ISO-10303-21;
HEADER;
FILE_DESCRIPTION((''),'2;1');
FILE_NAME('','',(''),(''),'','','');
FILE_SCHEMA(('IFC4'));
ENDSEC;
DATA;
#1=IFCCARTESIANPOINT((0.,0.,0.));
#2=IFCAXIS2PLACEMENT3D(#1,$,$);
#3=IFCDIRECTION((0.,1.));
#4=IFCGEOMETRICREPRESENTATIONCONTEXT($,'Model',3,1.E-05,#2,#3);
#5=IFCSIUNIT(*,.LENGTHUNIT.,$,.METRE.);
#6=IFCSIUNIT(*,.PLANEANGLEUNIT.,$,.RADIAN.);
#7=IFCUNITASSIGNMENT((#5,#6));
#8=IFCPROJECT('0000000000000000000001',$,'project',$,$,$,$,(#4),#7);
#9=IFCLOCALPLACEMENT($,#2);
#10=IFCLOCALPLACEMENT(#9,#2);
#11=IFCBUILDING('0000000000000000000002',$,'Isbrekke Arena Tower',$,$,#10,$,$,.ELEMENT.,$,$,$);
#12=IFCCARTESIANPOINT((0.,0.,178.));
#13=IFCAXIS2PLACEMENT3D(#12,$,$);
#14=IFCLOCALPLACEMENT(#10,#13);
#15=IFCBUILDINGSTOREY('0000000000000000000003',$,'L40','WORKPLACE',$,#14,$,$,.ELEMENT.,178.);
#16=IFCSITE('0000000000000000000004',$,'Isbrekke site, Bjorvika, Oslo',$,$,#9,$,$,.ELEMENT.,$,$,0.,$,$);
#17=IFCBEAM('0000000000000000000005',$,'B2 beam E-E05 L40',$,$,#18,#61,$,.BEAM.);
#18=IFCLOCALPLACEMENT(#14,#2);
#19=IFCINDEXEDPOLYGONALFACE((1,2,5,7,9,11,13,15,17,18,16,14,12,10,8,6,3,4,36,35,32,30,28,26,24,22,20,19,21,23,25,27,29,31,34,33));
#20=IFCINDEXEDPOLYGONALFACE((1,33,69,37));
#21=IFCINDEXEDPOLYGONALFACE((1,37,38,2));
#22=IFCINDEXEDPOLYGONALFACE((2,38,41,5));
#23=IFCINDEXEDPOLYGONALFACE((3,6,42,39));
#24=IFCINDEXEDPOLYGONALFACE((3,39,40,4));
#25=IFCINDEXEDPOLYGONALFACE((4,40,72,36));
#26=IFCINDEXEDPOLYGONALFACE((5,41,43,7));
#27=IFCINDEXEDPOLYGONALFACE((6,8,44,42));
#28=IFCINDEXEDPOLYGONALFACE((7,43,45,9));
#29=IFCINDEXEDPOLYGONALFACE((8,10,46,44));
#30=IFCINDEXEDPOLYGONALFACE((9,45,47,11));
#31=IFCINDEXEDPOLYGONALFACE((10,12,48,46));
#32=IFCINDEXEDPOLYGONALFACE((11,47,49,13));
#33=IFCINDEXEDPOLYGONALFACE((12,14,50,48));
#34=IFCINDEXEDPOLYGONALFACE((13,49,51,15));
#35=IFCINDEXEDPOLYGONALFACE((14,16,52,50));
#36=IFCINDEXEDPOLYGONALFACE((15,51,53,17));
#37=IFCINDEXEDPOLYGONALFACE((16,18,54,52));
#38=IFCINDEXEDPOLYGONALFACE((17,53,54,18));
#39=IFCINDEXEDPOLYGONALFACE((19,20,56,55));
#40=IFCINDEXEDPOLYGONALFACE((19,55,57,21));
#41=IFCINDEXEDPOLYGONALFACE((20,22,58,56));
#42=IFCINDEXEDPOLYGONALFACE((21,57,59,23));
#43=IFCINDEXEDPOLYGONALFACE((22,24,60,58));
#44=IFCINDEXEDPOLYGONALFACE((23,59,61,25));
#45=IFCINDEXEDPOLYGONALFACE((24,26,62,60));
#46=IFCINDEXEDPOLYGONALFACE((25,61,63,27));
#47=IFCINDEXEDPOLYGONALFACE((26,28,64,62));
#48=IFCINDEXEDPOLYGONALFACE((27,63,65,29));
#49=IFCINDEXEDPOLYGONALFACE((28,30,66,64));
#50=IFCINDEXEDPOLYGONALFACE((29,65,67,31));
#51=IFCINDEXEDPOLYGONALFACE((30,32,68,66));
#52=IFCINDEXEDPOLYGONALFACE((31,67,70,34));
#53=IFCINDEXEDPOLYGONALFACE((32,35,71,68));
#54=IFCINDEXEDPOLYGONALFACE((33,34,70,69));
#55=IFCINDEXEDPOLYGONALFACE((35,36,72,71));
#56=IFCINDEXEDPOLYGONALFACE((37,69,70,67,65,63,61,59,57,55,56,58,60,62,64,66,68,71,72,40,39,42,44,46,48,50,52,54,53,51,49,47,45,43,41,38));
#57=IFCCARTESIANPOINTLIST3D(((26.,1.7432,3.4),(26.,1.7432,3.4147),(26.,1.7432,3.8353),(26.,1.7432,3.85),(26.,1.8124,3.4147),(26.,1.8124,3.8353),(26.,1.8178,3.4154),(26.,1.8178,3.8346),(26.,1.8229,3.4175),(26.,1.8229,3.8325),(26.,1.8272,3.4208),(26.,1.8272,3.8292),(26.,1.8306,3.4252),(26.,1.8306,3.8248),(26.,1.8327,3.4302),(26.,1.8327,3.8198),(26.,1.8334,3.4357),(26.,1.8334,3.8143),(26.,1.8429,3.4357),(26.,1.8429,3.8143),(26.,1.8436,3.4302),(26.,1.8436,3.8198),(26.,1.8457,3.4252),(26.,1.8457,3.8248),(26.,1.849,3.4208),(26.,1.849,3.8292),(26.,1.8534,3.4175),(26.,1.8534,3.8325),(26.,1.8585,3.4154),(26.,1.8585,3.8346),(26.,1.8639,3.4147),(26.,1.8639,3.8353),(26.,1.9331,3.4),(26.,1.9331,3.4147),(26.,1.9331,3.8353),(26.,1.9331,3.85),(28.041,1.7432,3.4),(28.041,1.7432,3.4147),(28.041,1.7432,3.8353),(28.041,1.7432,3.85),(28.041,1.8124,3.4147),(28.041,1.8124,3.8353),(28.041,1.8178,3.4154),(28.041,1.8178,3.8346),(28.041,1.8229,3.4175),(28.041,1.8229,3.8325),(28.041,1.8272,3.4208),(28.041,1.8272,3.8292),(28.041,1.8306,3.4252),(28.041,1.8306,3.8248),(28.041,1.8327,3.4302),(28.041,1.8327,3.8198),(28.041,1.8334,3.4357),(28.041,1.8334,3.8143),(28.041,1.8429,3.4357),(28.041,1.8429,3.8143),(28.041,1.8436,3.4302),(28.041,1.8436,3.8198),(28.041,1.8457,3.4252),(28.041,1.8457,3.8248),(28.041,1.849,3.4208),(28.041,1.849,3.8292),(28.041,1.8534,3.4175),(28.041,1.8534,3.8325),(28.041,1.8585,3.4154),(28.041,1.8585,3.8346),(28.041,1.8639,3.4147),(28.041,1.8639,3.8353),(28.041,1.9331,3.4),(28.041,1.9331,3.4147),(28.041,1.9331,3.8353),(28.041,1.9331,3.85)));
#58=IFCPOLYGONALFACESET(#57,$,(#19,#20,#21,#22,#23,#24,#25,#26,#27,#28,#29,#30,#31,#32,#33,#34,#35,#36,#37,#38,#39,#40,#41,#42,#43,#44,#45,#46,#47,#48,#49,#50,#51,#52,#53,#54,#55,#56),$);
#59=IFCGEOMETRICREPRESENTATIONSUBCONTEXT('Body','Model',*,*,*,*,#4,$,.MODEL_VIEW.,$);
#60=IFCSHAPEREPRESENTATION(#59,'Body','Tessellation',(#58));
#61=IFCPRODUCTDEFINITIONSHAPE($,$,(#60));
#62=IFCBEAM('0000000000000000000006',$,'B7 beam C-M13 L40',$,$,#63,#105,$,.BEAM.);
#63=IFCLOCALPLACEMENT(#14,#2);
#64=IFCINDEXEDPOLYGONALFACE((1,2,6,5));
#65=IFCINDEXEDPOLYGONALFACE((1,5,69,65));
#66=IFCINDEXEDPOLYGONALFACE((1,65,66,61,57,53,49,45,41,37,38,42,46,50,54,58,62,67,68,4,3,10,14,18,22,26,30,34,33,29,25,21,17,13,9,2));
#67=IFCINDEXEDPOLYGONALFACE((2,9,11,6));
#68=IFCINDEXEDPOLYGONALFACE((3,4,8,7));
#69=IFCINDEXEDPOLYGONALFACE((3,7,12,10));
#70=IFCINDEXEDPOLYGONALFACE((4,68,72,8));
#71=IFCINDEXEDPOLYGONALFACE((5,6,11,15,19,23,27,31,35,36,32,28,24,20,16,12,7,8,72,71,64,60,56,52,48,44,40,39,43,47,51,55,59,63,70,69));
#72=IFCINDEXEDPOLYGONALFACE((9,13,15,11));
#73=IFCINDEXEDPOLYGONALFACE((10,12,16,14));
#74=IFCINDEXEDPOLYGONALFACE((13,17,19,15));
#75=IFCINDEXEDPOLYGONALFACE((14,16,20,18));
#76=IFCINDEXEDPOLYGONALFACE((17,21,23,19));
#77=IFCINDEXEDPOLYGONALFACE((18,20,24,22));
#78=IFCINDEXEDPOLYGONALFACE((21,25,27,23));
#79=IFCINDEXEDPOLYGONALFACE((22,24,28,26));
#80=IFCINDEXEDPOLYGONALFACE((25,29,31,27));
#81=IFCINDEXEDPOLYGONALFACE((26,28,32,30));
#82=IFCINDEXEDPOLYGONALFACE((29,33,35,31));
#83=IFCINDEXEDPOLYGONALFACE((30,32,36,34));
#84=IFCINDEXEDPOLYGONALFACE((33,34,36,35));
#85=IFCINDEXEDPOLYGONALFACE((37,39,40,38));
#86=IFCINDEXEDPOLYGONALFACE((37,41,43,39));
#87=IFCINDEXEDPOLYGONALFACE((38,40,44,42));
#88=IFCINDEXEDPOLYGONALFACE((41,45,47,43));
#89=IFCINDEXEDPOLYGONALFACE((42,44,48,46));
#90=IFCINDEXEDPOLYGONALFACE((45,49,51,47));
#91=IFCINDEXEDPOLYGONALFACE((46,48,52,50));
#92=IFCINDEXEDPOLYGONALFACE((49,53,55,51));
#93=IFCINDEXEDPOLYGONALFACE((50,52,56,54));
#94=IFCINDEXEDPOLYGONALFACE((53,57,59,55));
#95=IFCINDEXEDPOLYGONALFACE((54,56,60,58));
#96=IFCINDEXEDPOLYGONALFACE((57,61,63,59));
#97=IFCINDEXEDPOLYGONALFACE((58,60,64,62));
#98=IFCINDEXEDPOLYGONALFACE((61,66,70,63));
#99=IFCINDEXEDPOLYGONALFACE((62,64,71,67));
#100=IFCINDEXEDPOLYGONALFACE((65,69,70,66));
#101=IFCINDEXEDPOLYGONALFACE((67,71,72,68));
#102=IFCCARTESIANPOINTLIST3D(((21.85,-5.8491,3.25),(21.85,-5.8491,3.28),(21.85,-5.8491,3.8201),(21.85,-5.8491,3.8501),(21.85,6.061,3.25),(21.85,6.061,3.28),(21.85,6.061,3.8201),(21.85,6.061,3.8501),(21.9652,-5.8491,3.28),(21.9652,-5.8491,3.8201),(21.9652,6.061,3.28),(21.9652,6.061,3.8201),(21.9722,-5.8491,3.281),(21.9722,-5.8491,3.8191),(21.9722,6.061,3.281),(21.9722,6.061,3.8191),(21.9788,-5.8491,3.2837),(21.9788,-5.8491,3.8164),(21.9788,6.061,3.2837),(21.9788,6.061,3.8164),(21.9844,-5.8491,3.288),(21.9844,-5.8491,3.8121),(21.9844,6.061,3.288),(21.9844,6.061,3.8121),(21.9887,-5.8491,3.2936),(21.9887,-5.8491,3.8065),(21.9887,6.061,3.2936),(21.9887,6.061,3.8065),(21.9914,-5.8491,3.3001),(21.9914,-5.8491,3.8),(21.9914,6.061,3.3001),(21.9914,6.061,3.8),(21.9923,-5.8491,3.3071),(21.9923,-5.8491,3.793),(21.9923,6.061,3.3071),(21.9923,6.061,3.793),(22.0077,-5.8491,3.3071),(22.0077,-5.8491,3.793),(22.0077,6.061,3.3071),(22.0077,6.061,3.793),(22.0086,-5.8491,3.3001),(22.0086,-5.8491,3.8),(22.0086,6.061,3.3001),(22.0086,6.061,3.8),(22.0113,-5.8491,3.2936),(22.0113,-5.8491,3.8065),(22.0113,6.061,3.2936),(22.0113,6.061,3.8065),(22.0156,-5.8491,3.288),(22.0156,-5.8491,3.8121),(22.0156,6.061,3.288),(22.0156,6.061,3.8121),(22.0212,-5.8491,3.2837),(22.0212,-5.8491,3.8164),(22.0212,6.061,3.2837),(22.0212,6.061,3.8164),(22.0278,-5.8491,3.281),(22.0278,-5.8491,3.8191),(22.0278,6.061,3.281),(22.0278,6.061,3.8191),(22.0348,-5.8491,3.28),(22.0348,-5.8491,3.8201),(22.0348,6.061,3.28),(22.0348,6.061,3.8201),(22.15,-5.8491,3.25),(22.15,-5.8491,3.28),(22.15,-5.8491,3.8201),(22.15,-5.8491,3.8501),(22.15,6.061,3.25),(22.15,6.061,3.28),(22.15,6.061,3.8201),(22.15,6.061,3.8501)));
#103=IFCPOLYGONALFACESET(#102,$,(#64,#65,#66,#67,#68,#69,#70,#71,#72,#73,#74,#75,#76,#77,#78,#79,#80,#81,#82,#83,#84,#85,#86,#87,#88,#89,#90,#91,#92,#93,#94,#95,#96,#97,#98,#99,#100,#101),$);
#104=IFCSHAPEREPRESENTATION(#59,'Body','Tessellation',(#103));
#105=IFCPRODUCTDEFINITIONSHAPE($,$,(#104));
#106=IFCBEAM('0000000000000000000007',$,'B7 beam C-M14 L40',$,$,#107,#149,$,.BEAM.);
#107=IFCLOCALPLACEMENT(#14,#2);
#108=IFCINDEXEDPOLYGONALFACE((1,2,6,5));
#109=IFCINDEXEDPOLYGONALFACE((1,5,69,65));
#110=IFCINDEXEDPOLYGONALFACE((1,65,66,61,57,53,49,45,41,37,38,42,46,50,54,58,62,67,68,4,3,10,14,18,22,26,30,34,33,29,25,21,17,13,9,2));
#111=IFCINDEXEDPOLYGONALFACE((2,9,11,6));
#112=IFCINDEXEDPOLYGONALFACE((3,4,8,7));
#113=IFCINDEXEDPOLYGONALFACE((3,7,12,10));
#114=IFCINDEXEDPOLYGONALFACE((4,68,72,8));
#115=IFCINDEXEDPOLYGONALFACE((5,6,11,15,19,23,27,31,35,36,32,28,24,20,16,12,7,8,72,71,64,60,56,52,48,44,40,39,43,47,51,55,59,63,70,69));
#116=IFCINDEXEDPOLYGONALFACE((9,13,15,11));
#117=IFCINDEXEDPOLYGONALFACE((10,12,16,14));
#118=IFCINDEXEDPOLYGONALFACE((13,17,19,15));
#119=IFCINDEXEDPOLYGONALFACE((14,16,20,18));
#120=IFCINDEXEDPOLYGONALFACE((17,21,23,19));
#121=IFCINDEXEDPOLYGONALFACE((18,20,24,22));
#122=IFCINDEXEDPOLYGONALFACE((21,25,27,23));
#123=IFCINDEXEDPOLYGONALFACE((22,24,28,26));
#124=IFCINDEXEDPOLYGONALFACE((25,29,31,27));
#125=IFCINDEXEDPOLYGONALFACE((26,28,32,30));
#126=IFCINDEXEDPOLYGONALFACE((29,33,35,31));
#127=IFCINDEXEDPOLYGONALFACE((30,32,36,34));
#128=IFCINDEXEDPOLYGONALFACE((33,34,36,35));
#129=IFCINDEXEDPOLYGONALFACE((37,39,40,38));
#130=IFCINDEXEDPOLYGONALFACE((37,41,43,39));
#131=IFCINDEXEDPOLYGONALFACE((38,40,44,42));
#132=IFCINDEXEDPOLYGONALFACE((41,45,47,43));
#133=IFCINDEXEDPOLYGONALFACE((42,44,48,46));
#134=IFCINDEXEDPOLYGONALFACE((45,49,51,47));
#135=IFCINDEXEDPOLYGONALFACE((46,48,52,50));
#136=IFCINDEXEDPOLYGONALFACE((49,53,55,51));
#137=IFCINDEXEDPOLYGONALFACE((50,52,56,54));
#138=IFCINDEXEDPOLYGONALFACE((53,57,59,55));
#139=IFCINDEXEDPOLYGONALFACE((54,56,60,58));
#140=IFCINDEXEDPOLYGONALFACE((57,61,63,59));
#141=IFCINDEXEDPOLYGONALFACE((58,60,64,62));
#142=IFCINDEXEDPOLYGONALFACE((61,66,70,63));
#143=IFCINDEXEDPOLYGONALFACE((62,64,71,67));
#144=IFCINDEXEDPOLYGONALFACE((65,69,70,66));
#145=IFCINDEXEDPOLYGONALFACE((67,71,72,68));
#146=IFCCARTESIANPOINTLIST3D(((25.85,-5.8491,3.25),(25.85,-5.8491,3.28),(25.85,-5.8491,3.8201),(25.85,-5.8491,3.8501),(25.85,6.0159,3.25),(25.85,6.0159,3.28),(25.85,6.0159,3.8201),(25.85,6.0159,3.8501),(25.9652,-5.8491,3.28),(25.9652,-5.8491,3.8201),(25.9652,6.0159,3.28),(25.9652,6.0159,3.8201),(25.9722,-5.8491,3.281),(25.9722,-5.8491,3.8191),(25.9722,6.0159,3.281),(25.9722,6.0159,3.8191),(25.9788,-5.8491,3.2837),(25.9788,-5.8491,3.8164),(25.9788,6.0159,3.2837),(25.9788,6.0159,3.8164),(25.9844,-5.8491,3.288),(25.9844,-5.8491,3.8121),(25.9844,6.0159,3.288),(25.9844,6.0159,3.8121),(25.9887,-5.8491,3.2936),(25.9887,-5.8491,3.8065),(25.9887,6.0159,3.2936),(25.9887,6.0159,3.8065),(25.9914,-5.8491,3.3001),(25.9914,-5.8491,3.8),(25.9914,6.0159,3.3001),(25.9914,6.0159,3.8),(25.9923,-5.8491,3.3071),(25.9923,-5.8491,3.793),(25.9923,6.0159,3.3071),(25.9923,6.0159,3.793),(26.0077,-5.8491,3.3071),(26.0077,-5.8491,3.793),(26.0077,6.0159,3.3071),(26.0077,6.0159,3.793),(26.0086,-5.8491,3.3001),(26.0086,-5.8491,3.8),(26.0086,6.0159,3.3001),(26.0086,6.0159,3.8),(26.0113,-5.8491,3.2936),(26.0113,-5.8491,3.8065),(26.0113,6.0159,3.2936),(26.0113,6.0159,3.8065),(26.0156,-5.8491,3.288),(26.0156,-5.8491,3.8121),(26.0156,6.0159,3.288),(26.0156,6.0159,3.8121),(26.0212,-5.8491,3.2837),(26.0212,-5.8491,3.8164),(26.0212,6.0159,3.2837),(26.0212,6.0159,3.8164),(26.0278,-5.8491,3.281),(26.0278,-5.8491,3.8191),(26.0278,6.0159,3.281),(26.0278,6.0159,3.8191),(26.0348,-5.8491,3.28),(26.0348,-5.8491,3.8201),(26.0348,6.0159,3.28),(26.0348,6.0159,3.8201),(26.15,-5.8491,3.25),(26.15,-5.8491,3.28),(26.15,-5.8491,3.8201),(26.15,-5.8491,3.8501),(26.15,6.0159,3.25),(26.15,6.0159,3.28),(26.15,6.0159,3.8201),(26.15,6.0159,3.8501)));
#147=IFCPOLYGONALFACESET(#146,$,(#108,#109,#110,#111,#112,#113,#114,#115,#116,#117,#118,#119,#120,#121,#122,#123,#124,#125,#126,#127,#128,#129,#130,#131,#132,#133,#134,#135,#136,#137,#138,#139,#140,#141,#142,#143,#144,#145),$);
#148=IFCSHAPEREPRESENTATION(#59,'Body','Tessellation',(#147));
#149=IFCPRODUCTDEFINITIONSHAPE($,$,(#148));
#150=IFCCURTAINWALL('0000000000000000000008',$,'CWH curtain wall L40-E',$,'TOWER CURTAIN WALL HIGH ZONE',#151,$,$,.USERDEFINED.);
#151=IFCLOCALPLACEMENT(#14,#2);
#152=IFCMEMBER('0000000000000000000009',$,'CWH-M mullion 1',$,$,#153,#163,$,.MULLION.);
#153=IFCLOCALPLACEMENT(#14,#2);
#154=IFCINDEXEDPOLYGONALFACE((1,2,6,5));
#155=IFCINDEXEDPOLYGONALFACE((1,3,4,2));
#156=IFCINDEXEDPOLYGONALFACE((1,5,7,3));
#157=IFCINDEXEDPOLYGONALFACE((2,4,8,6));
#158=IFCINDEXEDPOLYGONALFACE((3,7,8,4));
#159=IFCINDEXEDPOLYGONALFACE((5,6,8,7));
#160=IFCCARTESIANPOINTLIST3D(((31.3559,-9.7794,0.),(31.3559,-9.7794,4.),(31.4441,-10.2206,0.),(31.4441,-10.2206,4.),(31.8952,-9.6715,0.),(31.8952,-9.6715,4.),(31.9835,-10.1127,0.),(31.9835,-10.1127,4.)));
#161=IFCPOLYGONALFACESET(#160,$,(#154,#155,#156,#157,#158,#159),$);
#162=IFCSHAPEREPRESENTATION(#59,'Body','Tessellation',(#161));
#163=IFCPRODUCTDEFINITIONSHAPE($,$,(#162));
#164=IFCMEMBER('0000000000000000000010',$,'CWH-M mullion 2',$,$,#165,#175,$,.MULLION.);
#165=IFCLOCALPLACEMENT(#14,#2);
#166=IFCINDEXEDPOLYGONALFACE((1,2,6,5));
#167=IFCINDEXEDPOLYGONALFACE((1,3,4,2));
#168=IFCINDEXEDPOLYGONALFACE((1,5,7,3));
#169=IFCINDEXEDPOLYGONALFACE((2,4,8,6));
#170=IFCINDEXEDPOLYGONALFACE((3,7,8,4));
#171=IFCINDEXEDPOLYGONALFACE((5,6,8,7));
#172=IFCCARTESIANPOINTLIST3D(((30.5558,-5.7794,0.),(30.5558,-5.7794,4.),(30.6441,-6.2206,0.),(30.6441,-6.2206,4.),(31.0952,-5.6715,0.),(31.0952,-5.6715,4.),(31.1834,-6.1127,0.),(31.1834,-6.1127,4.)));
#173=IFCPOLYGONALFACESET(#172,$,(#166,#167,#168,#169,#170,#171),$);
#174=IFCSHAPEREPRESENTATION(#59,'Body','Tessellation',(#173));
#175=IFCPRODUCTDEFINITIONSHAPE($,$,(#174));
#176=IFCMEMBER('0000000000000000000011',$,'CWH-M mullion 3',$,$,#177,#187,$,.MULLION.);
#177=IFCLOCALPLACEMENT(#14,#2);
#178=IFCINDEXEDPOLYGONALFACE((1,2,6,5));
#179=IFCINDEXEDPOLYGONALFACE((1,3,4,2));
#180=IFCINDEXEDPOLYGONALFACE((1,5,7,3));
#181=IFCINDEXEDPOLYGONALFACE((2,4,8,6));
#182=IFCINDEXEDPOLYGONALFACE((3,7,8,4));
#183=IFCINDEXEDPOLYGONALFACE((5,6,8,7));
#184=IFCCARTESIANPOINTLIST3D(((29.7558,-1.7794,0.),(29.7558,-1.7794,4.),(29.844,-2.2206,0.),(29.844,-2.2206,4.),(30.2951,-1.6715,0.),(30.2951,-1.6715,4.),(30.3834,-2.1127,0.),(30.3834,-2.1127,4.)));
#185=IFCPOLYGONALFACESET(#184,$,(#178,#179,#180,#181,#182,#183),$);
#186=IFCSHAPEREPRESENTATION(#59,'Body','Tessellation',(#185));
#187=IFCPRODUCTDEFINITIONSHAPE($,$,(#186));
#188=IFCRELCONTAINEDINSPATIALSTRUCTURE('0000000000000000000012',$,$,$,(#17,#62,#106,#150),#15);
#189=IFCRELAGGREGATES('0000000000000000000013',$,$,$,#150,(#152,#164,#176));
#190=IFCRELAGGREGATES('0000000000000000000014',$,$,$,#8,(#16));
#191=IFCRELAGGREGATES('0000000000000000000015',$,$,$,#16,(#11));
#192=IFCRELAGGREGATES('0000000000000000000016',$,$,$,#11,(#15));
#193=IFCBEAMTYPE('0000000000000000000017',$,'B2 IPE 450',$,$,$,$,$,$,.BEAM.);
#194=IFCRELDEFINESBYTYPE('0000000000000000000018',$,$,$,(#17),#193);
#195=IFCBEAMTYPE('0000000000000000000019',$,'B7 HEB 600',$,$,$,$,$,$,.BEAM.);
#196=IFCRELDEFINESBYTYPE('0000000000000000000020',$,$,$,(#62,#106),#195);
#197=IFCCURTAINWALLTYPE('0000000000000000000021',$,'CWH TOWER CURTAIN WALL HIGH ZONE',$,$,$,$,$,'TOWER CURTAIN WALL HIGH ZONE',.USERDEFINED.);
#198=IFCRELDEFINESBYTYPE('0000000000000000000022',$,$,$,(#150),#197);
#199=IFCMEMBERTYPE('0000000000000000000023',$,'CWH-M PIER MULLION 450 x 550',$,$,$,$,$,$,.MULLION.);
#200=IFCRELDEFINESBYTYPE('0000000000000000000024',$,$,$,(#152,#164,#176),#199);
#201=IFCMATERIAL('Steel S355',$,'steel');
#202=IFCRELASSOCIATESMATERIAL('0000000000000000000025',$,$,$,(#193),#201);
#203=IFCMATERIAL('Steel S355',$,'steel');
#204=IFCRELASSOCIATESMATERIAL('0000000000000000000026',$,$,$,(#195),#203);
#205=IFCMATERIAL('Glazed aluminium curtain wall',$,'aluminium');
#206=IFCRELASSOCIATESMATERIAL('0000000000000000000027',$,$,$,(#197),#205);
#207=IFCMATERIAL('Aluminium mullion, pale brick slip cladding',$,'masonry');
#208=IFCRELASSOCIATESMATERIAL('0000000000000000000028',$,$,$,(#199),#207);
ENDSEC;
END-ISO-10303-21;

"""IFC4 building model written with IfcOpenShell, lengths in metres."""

from ifc_helpers import new_model, si_unit, direction, frame, origin, origin_2d, place, context, subcontext, project, spatial, rectangle, i_section, extrude, material, material_profile, profile_set, type_object, element, aggregate, save


model = new_model("IFC4")

# Units and contexts
model_context = context("Model", 3, precision=1e-05, world=origin(), true_north=direction((0.0, 1.0)))
body_context = subcontext(model_context, "Body", "Model", "MODEL_VIEW")
ifc_project = project(units=[si_unit("LENGTHUNIT", "METRE"), si_unit("PLANEANGLEUNIT", "RADIAN")], contexts=[model_context])

# Site, building, storey
site_placement = place(None, origin())
site = spatial("IfcSite", under=ifc_project, at=site_placement, Name="Isbrekke site, Bjorvika, Oslo", CompositionType="ELEMENT", RefElevation=0.0)
building_placement = place(site_placement, origin())
building = spatial("IfcBuilding", under=site, at=building_placement, Name="Isbrekke Arena Tower", CompositionType="ELEMENT")
storey_placement = place(building_placement, frame((0.0, 0.0, 178.0)))
storey = spatial("IfcBuildingStorey", under=building, at=storey_placement, Name="L40", Description="WORKPLACE", CompositionType="ELEMENT", Elevation=178.0)

# Beams
ifc_material_1 = material(Name="Steel S355", Category="steel")
ifc_material_profile_1 = material_profile(ifc_material_1, i_section(OverallWidth=0.1899, OverallDepth=0.45, WebThickness=0.0095, FlangeThickness=0.0146, FilletRadius=0.021, at=origin_2d()), Name="IPE 450")
ifc_profile_set_1 = profile_set([ifc_material_profile_1], Name="Steel S355")
beam_type_1 = type_object("IfcBeamType", Name="B2 IPE 450", PredefinedType="BEAM", material=ifc_profile_set_1)
beam_1_placement = place(storey_placement, frame((28.041, 1.8381, 3.625), z_axis=(-1.0, 0.0, 0.0), x_axis=(0.0, -1.0, 0.0)))
element("IfcBeam", 1, at=beam_1_placement, inside=storey, type_object=beam_type_1, Name="B2 beam E-E05 L40", PredefinedType="BEAM", context=body_context, shape_type="SweptSolid", body=[
    extrude(i_section(OverallWidth=0.1899, OverallDepth=0.45, WebThickness=0.0095, FlangeThickness=0.0146, FilletRadius=0.021, at=origin_2d()), origin(), (0.0, 0.0, 1.0), 2.041),
])
ifc_material_2 = material(Name="Steel S355", Category="steel")
ifc_material_profile_2 = material_profile(ifc_material_2, i_section(OverallWidth=0.3, OverallDepth=0.6001, WebThickness=0.0154, FlangeThickness=0.03, FilletRadius=0.0271, at=origin_2d()), Name="HEB 600")
ifc_profile_set_2 = profile_set([ifc_material_profile_2], Name="Steel S355")
beam_type_2 = type_object("IfcBeamType", Name="B7 HEB 600", PredefinedType="BEAM", material=ifc_profile_set_2)
beam_2_placement = place(storey_placement, frame((22.0, -5.8491, 3.55), z_axis=(0.0, 1.0, 0.0), x_axis=(-1.0, 0.0, 0.0)))
element("IfcBeam", 2, at=beam_2_placement, inside=storey, type_object=beam_type_2, Name="B7 beam C-M13 L40", PredefinedType="BEAM", context=body_context, shape_type="SweptSolid", body=[
    extrude(i_section(OverallWidth=0.3, OverallDepth=0.6001, WebThickness=0.0154, FlangeThickness=0.03, FilletRadius=0.0271, at=origin_2d()), origin(), (0.0, 0.0, 1.0), 11.9102),
])
beam_3_placement = place(storey_placement, frame((26.0, -5.8491, 3.55), z_axis=(0.0, 1.0, 0.0), x_axis=(-1.0, 0.0, 0.0)))
element("IfcBeam", 3, at=beam_3_placement, inside=storey, type_object=beam_type_2, Name="B7 beam C-M14 L40", PredefinedType="BEAM", context=body_context, shape_type="SweptSolid", body=[
    extrude(i_section(OverallWidth=0.3, OverallDepth=0.6001, WebThickness=0.0154, FlangeThickness=0.03, FilletRadius=0.0271, at=origin_2d()), origin(), (0.0, 0.0, 1.0), 11.865),
])

# Curtain wall, members
ifc_material_3 = material(Name="Glazed aluminium curtain wall", Category="aluminium")
curtain_wall_type = type_object("IfcCurtainWallType", Name="CWH TOWER CURTAIN WALL HIGH ZONE", ElementType="TOWER CURTAIN WALL HIGH ZONE", PredefinedType="USERDEFINED", material=ifc_material_3)
curtain_wall_placement = place(storey_placement, origin())
curtain_wall = element("IfcCurtainWall", 4, at=curtain_wall_placement, inside=storey, type_object=curtain_wall_type, Name="CWH curtain wall L40-E", ObjectType="TOWER CURTAIN WALL HIGH ZONE", PredefinedType="USERDEFINED")
ifc_material_4 = material(Name="Aluminium mullion, pale brick slip cladding", Category="masonry")
ifc_material_profile_3 = material_profile(ifc_material_4, rectangle(XDim=0.45, YDim=0.55, at=origin_2d()), Name="PIER 450X550")
ifc_profile_set_3 = profile_set([ifc_material_profile_3], Name="Aluminium mullion, pale brick slip cladding")
member_type_1 = type_object("IfcMemberType", Name="CWH-M PIER MULLION 450 x 550", PredefinedType="MULLION", material=ifc_profile_set_3)
member_1_placement = place(storey_placement, frame((31.6697, -9.946, 0.0), z_axis=(0.0, 0.0, 1.0), x_axis=(-0.196116, 0.980581, 0.0)))
member_1 = element("IfcMember", 5, at=member_1_placement, type_object=member_type_1, Name="CWH-M mullion 1", PredefinedType="MULLION", context=body_context, shape_type="SweptSolid", body=[
    extrude(rectangle(XDim=0.45, YDim=0.55, at=origin_2d()), origin(), (0.0, 0.0, 1.0), 4.0),
])
member_2_placement = place(storey_placement, frame((30.8696, -5.946, 0.0), z_axis=(0.0, 0.0, 1.0), x_axis=(-0.196116, 0.980581, 0.0)))
member_2 = element("IfcMember", 6, at=member_2_placement, type_object=member_type_1, Name="CWH-M mullion 2", PredefinedType="MULLION", context=body_context, shape_type="SweptSolid", body=[
    extrude(rectangle(XDim=0.45, YDim=0.55, at=origin_2d()), origin(), (0.0, 0.0, 1.0), 4.0),
])
member_3_placement = place(storey_placement, frame((30.0696, -1.946, 0.0), z_axis=(0.0, 0.0, 1.0), x_axis=(-0.196116, 0.980581, 0.0)))
member_3 = element("IfcMember", 7, at=member_3_placement, type_object=member_type_1, Name="CWH-M mullion 3", PredefinedType="MULLION", context=body_context, shape_type="SweptSolid", body=[
    extrude(rectangle(XDim=0.45, YDim=0.55, at=origin_2d()), origin(), (0.0, 0.0, 1.0), 4.0),
])

aggregate(curtain_wall, [member_1, member_2, member_3])

save(model, "model.ifc")
